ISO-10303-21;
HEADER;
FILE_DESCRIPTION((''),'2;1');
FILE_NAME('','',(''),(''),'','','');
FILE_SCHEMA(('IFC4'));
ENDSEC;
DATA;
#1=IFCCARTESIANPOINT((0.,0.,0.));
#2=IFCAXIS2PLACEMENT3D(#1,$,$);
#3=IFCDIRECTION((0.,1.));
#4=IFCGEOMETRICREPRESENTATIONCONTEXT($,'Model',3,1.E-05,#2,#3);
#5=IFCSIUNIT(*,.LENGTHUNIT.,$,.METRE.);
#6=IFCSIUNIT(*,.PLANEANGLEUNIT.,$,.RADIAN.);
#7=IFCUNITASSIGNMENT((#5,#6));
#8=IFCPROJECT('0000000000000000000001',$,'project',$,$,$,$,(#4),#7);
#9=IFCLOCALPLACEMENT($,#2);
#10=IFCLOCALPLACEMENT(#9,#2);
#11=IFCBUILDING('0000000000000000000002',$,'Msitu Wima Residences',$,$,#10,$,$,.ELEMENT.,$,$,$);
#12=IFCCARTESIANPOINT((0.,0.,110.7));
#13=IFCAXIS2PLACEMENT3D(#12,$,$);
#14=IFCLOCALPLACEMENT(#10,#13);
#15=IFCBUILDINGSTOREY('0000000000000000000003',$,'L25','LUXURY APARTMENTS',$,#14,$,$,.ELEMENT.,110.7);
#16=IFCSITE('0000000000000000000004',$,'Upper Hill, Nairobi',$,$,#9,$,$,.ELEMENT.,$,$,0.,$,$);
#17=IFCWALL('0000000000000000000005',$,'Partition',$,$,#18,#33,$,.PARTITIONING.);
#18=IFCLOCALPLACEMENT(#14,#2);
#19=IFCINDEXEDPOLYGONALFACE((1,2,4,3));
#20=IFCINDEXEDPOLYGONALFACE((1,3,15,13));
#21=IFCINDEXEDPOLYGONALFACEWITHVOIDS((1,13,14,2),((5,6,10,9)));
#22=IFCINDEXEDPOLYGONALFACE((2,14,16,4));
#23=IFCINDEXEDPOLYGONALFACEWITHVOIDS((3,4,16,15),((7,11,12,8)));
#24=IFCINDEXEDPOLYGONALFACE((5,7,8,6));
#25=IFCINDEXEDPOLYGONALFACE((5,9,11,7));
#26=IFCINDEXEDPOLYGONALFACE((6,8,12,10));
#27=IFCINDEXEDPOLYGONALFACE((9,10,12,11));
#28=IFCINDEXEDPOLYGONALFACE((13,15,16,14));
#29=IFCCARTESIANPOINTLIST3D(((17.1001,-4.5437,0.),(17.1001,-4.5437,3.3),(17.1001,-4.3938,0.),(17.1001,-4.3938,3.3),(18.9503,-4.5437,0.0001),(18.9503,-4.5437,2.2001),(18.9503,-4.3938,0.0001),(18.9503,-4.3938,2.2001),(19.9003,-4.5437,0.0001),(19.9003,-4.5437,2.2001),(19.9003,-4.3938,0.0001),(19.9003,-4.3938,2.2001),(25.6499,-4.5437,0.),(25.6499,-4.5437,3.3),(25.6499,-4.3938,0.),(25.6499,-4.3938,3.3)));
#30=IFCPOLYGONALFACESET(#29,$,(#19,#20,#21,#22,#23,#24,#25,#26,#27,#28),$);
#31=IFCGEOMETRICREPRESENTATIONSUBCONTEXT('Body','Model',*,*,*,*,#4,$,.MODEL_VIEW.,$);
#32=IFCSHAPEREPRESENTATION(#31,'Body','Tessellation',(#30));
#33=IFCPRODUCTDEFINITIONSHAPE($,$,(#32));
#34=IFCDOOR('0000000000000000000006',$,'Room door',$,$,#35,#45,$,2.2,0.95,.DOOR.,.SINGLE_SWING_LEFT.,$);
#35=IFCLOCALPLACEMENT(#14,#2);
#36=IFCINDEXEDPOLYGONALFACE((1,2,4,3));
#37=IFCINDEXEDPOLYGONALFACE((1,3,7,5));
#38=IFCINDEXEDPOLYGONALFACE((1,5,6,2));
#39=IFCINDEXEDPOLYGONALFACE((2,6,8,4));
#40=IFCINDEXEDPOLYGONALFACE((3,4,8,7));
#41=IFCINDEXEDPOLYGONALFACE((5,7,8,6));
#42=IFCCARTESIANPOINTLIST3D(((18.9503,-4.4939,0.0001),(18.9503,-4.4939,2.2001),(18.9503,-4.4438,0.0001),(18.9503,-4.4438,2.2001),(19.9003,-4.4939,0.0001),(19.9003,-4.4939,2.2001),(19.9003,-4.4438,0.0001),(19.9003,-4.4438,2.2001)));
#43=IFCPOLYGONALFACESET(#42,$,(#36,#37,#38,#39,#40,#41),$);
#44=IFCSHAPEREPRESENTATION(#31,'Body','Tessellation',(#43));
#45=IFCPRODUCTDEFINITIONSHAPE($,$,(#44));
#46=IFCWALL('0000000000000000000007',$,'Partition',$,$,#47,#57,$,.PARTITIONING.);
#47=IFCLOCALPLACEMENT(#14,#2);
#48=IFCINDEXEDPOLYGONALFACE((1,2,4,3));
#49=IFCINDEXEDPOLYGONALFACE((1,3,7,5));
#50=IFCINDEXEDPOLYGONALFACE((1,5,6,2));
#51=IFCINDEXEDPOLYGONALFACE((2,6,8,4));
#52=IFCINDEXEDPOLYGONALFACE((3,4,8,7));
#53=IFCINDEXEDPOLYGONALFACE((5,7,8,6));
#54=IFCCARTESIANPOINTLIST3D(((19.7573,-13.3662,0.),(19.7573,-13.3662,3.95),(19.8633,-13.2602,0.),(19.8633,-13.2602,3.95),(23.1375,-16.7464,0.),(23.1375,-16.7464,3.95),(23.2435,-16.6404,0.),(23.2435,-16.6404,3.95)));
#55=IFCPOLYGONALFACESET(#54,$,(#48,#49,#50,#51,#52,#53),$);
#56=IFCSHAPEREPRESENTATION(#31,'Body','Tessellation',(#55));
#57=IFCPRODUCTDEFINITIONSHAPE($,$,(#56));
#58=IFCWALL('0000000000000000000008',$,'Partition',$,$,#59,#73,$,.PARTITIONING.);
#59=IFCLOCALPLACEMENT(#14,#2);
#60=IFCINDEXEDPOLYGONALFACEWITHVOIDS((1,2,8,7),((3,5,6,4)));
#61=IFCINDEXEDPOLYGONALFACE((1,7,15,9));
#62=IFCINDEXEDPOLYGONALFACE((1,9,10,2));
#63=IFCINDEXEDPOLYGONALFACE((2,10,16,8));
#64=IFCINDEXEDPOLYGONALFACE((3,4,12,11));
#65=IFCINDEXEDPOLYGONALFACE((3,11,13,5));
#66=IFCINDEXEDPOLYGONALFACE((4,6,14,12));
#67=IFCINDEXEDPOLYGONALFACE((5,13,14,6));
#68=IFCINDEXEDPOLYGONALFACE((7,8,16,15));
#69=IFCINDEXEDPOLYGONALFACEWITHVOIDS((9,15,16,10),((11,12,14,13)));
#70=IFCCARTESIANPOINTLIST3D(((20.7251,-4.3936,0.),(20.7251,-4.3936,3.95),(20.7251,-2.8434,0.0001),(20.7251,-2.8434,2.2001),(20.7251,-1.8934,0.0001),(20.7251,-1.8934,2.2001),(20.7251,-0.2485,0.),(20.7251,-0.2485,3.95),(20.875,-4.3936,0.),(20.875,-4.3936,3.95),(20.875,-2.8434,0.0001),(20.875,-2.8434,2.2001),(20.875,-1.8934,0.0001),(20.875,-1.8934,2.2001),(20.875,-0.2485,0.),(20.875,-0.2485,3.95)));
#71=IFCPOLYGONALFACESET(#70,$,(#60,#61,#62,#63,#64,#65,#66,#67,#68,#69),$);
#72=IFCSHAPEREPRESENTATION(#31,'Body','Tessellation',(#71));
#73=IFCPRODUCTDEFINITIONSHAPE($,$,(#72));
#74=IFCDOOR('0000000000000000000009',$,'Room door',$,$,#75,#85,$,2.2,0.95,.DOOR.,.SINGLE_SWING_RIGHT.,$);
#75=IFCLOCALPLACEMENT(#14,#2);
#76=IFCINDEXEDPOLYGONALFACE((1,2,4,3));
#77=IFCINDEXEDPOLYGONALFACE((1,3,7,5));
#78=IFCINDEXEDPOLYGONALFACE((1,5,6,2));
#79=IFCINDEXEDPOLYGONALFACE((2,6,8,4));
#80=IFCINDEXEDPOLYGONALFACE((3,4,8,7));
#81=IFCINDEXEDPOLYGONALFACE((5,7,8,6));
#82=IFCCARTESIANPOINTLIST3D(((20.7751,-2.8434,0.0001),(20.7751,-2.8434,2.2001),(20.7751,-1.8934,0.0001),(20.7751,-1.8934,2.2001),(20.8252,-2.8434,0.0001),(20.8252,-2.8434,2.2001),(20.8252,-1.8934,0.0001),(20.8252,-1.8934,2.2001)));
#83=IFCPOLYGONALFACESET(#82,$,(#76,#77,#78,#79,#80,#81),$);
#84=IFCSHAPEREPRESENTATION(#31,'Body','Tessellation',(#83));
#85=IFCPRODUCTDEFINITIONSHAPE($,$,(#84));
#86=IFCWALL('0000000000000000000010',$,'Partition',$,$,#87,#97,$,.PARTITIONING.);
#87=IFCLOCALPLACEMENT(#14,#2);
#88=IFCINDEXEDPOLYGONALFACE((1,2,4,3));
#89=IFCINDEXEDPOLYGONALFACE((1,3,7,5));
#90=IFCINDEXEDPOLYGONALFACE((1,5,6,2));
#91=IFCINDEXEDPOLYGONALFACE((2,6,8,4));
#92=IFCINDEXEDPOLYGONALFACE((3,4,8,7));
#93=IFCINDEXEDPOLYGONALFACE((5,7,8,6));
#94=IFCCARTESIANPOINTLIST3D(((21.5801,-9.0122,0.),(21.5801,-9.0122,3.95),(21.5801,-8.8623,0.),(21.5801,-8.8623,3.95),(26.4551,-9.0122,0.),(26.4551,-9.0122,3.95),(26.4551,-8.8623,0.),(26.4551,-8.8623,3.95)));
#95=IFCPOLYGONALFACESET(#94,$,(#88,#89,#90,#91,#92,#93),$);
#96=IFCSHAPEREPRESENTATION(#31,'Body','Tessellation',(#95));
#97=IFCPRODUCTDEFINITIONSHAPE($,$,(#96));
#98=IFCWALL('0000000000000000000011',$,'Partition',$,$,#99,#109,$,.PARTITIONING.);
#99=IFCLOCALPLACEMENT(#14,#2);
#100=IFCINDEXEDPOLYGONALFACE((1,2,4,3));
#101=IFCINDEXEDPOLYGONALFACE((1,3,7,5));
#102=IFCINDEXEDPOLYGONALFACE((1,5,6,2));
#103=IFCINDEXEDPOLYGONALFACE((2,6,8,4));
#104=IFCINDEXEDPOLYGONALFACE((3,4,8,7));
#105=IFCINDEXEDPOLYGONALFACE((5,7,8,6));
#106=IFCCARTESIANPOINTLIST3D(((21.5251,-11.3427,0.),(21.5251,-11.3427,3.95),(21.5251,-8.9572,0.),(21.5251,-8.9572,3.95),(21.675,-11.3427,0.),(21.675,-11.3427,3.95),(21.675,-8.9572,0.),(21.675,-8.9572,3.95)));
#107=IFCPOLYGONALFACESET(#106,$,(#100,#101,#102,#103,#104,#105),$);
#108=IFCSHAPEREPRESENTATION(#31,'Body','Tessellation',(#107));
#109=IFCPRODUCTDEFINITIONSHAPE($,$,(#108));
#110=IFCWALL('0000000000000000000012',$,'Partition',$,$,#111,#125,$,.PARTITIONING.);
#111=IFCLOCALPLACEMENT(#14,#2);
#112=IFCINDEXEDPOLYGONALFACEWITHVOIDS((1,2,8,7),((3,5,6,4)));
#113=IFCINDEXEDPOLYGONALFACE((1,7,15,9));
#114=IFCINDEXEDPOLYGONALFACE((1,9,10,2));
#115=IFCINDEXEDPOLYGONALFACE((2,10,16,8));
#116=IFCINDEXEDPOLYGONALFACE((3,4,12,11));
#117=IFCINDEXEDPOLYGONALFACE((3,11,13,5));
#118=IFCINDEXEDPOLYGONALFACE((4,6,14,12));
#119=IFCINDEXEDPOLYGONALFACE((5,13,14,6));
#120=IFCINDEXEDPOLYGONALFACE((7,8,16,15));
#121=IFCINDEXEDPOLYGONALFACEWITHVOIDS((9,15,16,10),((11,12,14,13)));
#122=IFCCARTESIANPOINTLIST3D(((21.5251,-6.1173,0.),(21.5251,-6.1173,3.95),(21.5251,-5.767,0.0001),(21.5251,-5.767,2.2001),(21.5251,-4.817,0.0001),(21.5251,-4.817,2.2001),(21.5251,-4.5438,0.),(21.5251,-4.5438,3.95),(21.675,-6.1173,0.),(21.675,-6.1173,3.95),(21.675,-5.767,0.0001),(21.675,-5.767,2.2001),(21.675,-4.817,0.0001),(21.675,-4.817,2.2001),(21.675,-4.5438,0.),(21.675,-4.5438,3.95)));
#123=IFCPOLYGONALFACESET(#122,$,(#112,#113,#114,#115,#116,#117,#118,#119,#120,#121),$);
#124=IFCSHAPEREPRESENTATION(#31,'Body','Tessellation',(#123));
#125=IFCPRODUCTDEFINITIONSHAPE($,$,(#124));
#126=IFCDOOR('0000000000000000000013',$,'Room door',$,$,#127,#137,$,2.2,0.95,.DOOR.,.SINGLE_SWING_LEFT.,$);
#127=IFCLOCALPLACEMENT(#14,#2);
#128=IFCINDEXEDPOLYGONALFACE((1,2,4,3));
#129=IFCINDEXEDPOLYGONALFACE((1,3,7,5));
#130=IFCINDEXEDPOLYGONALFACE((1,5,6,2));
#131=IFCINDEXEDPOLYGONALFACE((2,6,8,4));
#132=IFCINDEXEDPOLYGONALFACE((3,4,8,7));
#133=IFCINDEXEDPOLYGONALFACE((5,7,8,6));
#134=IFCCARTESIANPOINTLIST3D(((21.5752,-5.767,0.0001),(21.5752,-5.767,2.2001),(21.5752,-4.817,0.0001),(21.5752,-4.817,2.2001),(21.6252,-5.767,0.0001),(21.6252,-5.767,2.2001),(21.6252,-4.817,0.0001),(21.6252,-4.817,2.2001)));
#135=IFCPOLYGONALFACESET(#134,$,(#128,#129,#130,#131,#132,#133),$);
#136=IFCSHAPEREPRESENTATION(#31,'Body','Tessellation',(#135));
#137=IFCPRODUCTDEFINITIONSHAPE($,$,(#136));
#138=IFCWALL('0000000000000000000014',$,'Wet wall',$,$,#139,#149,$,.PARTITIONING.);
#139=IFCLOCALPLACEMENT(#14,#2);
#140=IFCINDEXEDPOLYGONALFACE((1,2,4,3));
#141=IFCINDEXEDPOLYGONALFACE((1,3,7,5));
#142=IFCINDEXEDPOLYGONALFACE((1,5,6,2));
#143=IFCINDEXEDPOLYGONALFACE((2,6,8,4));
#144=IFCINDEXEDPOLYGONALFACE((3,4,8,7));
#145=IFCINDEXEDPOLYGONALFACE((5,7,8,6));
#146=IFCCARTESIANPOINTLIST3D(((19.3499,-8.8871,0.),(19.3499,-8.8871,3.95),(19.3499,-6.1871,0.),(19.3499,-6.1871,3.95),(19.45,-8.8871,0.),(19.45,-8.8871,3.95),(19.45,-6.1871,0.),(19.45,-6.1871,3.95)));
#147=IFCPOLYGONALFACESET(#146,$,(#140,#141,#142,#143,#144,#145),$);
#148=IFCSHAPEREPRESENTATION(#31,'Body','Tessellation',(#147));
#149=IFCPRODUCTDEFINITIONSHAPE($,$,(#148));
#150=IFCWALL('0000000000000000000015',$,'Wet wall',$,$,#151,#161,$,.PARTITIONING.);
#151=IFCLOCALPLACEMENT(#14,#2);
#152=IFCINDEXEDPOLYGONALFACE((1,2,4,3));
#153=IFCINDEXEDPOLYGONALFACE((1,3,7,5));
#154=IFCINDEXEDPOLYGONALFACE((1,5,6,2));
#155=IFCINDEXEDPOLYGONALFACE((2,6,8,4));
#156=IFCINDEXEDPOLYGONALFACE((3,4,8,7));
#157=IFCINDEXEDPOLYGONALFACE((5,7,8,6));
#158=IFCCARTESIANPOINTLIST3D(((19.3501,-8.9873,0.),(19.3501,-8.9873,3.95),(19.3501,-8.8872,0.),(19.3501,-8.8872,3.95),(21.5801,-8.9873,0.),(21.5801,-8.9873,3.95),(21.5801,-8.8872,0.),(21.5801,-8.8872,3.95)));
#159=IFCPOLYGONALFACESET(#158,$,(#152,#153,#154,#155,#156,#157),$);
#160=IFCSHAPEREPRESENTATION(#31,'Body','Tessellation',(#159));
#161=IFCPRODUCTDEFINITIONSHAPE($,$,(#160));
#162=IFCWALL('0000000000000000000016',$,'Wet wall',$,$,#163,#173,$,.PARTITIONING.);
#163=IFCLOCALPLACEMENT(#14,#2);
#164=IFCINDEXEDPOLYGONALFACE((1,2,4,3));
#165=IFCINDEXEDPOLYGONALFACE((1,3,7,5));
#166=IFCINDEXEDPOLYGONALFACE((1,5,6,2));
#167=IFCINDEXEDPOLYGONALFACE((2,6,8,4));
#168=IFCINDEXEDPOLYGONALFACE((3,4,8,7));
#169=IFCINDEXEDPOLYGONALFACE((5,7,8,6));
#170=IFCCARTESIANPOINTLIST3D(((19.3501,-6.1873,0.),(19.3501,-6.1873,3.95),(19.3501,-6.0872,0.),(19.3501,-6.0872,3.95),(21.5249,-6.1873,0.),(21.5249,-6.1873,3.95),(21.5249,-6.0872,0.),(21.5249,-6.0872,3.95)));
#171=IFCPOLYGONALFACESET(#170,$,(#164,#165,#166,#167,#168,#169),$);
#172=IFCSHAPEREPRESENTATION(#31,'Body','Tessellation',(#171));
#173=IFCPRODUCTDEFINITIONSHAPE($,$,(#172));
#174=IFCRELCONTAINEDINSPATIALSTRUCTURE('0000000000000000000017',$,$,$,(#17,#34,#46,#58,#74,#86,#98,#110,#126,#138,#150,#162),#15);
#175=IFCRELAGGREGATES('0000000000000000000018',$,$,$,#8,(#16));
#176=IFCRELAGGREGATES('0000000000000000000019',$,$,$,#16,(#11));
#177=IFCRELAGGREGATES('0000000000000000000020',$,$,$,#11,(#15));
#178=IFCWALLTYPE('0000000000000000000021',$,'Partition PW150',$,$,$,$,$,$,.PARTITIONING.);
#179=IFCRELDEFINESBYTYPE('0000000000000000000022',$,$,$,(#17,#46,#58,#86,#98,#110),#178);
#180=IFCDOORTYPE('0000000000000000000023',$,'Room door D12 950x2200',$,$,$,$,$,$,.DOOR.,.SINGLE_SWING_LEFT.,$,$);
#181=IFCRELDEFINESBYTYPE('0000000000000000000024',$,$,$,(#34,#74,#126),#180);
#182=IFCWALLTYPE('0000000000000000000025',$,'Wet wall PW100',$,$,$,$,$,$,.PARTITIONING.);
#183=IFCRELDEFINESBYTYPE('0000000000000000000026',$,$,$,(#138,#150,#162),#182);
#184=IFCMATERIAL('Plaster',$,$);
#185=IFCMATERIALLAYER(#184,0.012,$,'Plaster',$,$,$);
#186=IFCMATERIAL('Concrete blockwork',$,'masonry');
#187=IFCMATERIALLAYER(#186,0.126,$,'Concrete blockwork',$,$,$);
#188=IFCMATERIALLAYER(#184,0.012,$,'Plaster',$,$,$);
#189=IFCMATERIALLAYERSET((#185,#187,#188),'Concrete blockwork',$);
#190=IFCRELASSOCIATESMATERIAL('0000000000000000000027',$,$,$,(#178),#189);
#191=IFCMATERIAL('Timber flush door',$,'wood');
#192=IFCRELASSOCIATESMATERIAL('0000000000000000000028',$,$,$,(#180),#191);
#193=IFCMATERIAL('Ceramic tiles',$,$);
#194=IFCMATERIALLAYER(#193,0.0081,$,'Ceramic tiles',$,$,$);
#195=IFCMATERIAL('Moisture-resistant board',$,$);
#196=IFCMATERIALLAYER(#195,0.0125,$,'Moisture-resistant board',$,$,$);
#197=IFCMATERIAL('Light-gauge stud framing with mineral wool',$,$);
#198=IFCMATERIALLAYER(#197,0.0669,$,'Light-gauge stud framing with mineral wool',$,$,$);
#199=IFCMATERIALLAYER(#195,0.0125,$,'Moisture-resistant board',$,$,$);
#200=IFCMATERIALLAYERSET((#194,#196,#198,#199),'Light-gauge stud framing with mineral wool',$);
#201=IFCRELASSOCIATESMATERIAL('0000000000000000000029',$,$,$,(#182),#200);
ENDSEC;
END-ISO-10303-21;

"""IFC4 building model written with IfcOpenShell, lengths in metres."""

from ifc_helpers import new_model, si_unit, direction, frame, frame_2d, origin, place, context, subcontext, project, spatial, rectangle, extrude, material, layer, layer_set, type_object, element, fill, save


model = new_model("IFC4")

# Units and contexts
model_context = context("Model", 3, precision=1e-05, world=origin(), true_north=direction((0.0, 1.0)))
body_context = subcontext(model_context, "Body", "Model", "MODEL_VIEW")
ifc_project = project(units=[si_unit("LENGTHUNIT", "METRE"), si_unit("PLANEANGLEUNIT", "RADIAN")], contexts=[model_context])

# Site, building, storey
site_placement = place(None, origin())
site = spatial("IfcSite", under=ifc_project, at=site_placement, Name="Upper Hill, Nairobi", CompositionType="ELEMENT", RefElevation=0.0)
building_placement = place(site_placement, origin())
building = spatial("IfcBuilding", under=site, at=building_placement, Name="Msitu Wima Residences", CompositionType="ELEMENT")
storey_placement = place(building_placement, frame((0.0, 0.0, 110.7)))
storey = spatial("IfcBuildingStorey", under=building, at=storey_placement, Name="L25", Description="LUXURY APARTMENTS", CompositionType="ELEMENT", Elevation=110.7)

# Wall, opening, door
ifc_material_1 = material(Name="Plaster")
ifc_layer_1 = layer(ifc_material_1, 0.012, Name="Plaster")
ifc_material_2 = material(Name="Concrete blockwork", Category="masonry")
ifc_layer_2 = layer(ifc_material_2, 0.126, Name="Concrete blockwork")
ifc_layer_3 = layer(ifc_material_1, 0.012, Name="Plaster")
ifc_layer_set_1 = layer_set([ifc_layer_1, ifc_layer_2, ifc_layer_3], Name="Concrete blockwork")
wall_type_1 = type_object("IfcWallType", Name="Partition PW150", PredefinedType="PARTITIONING", material=ifc_layer_set_1)
wall_1_placement = place(storey_placement, frame((17.1001, -4.4688, 0.0), z_axis=(0.0, 0.0, 1.0), x_axis=(1.0, 0.0, 0.0)))
wall_1 = element("IfcWall", 1, at=wall_1_placement, inside=storey, type_object=wall_type_1, Name="Partition", PredefinedType="PARTITIONING", context=body_context, shape_type="SweptSolid", body=[
    extrude(rectangle(XDim=8.5498, YDim=0.1499, at=frame_2d((4.2749, 0.0))), origin(), (0.0, 0.0, 1.0), 3.3),
])
opening_1_placement = place(wall_1_placement, frame((1.8501, 0.0, 0.0)))
opening_1 = element("IfcOpeningElement", 2, at=opening_1_placement, cuts=wall_1, PredefinedType="OPENING", context=body_context, shape_type="SweptSolid", body=[
    extrude(rectangle(XDim=0.95, YDim=2.2, at=frame_2d((0.4751, 1.1001))), frame((0.0, 0.085, 0.0), z_axis=(0.0, -1.0, 0.0), x_axis=(1.0, 0.0, 0.0)), (0.0, 0.0, 1.0), 0.1699),
])
ifc_material_3 = material(Name="Timber flush door", Category="wood")
door_type_1 = type_object("IfcDoorType", Name="Room door D12 950x2200", OperationType="SINGLE_SWING_LEFT", PredefinedType="DOOR", material=ifc_material_3)
door_1_placement = place(opening_1_placement, origin())
door_1 = element("IfcDoor", 3, at=door_1_placement, inside=storey, type_object=door_type_1, Name="Room door", OperationType="SINGLE_SWING_LEFT", OverallHeight=2.2, OverallWidth=0.95, PredefinedType="DOOR", context=body_context, shape_type="SweptSolid", body=[
    extrude(rectangle(XDim=0.95, YDim=2.2, at=frame_2d((0.4751, 1.1001))), frame((0.0, 0.0249, 0.0), z_axis=(0.0, -1.0, 0.0), x_axis=(1.0, 0.0, 0.0)), (0.0, 0.0, 1.0), 0.05),
])
fill(opening_1, door_1)

# Wall
wall_2_placement = place(storey_placement, frame((19.8103, -13.3132, 0.0), z_axis=(0.0, 0.0, 1.0), x_axis=(0.707107, -0.707107, 0.0)))
element("IfcWall", 4, at=wall_2_placement, inside=storey, type_object=wall_type_1, Name="Partition", PredefinedType="PARTITIONING", context=body_context, shape_type="SweptSolid", body=[
    extrude(rectangle(XDim=4.7803, YDim=0.1499, at=frame_2d((2.3901, 0.0))), origin(), (0.0, 0.0, 1.0), 3.95),
])

# Wall, opening, door
wall_3_placement = place(storey_placement, frame((20.8, -4.3936, 0.0), z_axis=(0.0, 0.0, 1.0), x_axis=(0.0, 1.0, 0.0)))
wall_3 = element("IfcWall", 5, at=wall_3_placement, inside=storey, type_object=wall_type_1, Name="Partition", PredefinedType="PARTITIONING", context=body_context, shape_type="SweptSolid", body=[
    extrude(rectangle(XDim=4.145, YDim=0.1499, at=frame_2d((2.0725, 0.0))), origin(), (0.0, 0.0, 1.0), 3.95),
])
opening_2_placement = place(wall_3_placement, frame((1.55, 0.0, 0.0)))
opening_2 = element("IfcOpeningElement", 6, at=opening_2_placement, cuts=wall_3, PredefinedType="OPENING", context=body_context, shape_type="SweptSolid", body=[
    extrude(rectangle(XDim=0.95, YDim=2.2, at=frame_2d((0.4751, 1.1001))), frame((0.0, 0.085, 0.0), z_axis=(0.0, -1.0, 0.0), x_axis=(1.0, 0.0, 0.0)), (0.0, 0.0, 1.0), 0.1699),
])
door_2_placement = place(opening_2_placement, origin())
door_2 = element("IfcDoor", 7, at=door_2_placement, inside=storey, type_object=door_type_1, Name="Room door", OperationType="SINGLE_SWING_RIGHT", OverallHeight=2.2, OverallWidth=0.95, PredefinedType="DOOR", context=body_context, shape_type="SweptSolid", body=[
    extrude(rectangle(XDim=0.95, YDim=2.2, at=frame_2d((0.4751, 1.1001))), frame((0.0, 0.0249, 0.0), z_axis=(0.0, -1.0, 0.0), x_axis=(1.0, 0.0, 0.0)), (0.0, 0.0, 1.0), 0.05),
])
fill(opening_2, door_2)

# Walls
wall_4_placement = place(storey_placement, frame((21.5801, -8.9373, 0.0), z_axis=(0.0, 0.0, 1.0), x_axis=(1.0, 0.0, 0.0)))
element("IfcWall", 8, at=wall_4_placement, inside=storey, type_object=wall_type_1, Name="Partition", PredefinedType="PARTITIONING", context=body_context, shape_type="SweptSolid", body=[
    extrude(rectangle(XDim=4.875, YDim=0.1499, at=frame_2d((2.4375, 0.0))), origin(), (0.0, 0.0, 1.0), 3.95),
])
wall_5_placement = place(storey_placement, frame((21.6001, -11.3428, 0.0), z_axis=(0.0, 0.0, 1.0), x_axis=(0.0, 1.0, 0.0)))
element("IfcWall", 9, at=wall_5_placement, inside=storey, type_object=wall_type_1, Name="Partition", PredefinedType="PARTITIONING", context=body_context, shape_type="SweptSolid", body=[
    extrude(rectangle(XDim=2.3855, YDim=0.1499, at=frame_2d((1.1929, 0.0))), origin(), (0.0, 0.0, 1.0), 3.95),
])

# Wall, opening, door
wall_6_placement = place(storey_placement, frame((21.6001, -6.1172, 0.0), z_axis=(0.0, 0.0, 1.0), x_axis=(0.0, 1.0, 0.0)))
wall_6 = element("IfcWall", 10, at=wall_6_placement, inside=storey, type_object=wall_type_1, Name="Partition", PredefinedType="PARTITIONING", context=body_context, shape_type="SweptSolid", body=[
    extrude(rectangle(XDim=1.5735, YDim=0.1499, at=frame_2d((0.7866, 0.0))), origin(), (0.0, 0.0, 1.0), 3.95),
])
opening_3_placement = place(wall_6_placement, frame((0.3501, 0.0, 0.0)))
opening_3 = element("IfcOpeningElement", 11, at=opening_3_placement, cuts=wall_6, PredefinedType="OPENING", context=body_context, shape_type="SweptSolid", body=[
    extrude(rectangle(XDim=0.95, YDim=2.2, at=frame_2d((0.4751, 1.1001))), frame((0.0, 0.085, 0.0), z_axis=(0.0, -1.0, 0.0), x_axis=(1.0, 0.0, 0.0)), (0.0, 0.0, 1.0), 0.1699),
])
door_3_placement = place(opening_3_placement, origin())
door_3 = element("IfcDoor", 12, at=door_3_placement, inside=storey, type_object=door_type_1, Name="Room door", OperationType="SINGLE_SWING_LEFT", OverallHeight=2.2, OverallWidth=0.95, PredefinedType="DOOR", context=body_context, shape_type="SweptSolid", body=[
    extrude(rectangle(XDim=0.95, YDim=2.2, at=frame_2d((0.4751, 1.1001))), frame((0.0, 0.0249, 0.0), z_axis=(0.0, -1.0, 0.0), x_axis=(1.0, 0.0, 0.0)), (0.0, 0.0, 1.0), 0.05),
])
fill(opening_3, door_3)

# Walls
ifc_material_4 = material(Name="Ceramic tiles")
ifc_layer_4 = layer(ifc_material_4, 0.0081, Name="Ceramic tiles")
ifc_material_5 = material(Name="Moisture-resistant board")
ifc_layer_5 = layer(ifc_material_5, 0.0125, Name="Moisture-resistant board")
ifc_material_6 = material(Name="Light-gauge stud framing with mineral wool")
ifc_layer_6 = layer(ifc_material_6, 0.0669, Name="Light-gauge stud framing with mineral wool")
ifc_layer_7 = layer(ifc_material_5, 0.0125, Name="Moisture-resistant board")
ifc_layer_set_2 = layer_set([ifc_layer_4, ifc_layer_5, ifc_layer_6, ifc_layer_7], Name="Light-gauge stud framing with mineral wool")
wall_type_2 = type_object("IfcWallType", Name="Wet wall PW100", PredefinedType="PARTITIONING", material=ifc_layer_set_2)
wall_7_placement = place(storey_placement, frame((19.3999, -8.8872, 0.0), z_axis=(0.0, 0.0, 1.0), x_axis=(0.0, 1.0, 0.0)))
element("IfcWall", 13, at=wall_7_placement, inside=storey, type_object=wall_type_2, Name="Wet wall", PredefinedType="PARTITIONING", context=body_context, shape_type="SweptSolid", body=[
    extrude(rectangle(XDim=2.7, YDim=0.1001, at=frame_2d((1.3501, 0.0))), origin(), (0.0, 0.0, 1.0), 3.95),
])
wall_8_placement = place(storey_placement, frame((19.3501, -8.9373, 0.0), z_axis=(0.0, 0.0, 1.0), x_axis=(1.0, 0.0, 0.0)))
element("IfcWall", 14, at=wall_8_placement, inside=storey, type_object=wall_type_2, Name="Wet wall", PredefinedType="PARTITIONING", context=body_context, shape_type="SweptSolid", body=[
    extrude(rectangle(XDim=2.23, YDim=0.1001, at=frame_2d((1.115, 0.0))), origin(), (0.0, 0.0, 1.0), 3.95),
])
wall_9_placement = place(storey_placement, frame((19.3501, -6.1372, 0.0), z_axis=(0.0, 0.0, 1.0), x_axis=(1.0, 0.0, 0.0)))
element("IfcWall", 15, at=wall_9_placement, inside=storey, type_object=wall_type_2, Name="Wet wall", PredefinedType="PARTITIONING", context=body_context, shape_type="SweptSolid", body=[
    extrude(rectangle(XDim=2.1748, YDim=0.1001, at=frame_2d((1.0874, 0.0))), origin(), (0.0, 0.0, 1.0), 3.95),
])

save(model, "model.ifc")
